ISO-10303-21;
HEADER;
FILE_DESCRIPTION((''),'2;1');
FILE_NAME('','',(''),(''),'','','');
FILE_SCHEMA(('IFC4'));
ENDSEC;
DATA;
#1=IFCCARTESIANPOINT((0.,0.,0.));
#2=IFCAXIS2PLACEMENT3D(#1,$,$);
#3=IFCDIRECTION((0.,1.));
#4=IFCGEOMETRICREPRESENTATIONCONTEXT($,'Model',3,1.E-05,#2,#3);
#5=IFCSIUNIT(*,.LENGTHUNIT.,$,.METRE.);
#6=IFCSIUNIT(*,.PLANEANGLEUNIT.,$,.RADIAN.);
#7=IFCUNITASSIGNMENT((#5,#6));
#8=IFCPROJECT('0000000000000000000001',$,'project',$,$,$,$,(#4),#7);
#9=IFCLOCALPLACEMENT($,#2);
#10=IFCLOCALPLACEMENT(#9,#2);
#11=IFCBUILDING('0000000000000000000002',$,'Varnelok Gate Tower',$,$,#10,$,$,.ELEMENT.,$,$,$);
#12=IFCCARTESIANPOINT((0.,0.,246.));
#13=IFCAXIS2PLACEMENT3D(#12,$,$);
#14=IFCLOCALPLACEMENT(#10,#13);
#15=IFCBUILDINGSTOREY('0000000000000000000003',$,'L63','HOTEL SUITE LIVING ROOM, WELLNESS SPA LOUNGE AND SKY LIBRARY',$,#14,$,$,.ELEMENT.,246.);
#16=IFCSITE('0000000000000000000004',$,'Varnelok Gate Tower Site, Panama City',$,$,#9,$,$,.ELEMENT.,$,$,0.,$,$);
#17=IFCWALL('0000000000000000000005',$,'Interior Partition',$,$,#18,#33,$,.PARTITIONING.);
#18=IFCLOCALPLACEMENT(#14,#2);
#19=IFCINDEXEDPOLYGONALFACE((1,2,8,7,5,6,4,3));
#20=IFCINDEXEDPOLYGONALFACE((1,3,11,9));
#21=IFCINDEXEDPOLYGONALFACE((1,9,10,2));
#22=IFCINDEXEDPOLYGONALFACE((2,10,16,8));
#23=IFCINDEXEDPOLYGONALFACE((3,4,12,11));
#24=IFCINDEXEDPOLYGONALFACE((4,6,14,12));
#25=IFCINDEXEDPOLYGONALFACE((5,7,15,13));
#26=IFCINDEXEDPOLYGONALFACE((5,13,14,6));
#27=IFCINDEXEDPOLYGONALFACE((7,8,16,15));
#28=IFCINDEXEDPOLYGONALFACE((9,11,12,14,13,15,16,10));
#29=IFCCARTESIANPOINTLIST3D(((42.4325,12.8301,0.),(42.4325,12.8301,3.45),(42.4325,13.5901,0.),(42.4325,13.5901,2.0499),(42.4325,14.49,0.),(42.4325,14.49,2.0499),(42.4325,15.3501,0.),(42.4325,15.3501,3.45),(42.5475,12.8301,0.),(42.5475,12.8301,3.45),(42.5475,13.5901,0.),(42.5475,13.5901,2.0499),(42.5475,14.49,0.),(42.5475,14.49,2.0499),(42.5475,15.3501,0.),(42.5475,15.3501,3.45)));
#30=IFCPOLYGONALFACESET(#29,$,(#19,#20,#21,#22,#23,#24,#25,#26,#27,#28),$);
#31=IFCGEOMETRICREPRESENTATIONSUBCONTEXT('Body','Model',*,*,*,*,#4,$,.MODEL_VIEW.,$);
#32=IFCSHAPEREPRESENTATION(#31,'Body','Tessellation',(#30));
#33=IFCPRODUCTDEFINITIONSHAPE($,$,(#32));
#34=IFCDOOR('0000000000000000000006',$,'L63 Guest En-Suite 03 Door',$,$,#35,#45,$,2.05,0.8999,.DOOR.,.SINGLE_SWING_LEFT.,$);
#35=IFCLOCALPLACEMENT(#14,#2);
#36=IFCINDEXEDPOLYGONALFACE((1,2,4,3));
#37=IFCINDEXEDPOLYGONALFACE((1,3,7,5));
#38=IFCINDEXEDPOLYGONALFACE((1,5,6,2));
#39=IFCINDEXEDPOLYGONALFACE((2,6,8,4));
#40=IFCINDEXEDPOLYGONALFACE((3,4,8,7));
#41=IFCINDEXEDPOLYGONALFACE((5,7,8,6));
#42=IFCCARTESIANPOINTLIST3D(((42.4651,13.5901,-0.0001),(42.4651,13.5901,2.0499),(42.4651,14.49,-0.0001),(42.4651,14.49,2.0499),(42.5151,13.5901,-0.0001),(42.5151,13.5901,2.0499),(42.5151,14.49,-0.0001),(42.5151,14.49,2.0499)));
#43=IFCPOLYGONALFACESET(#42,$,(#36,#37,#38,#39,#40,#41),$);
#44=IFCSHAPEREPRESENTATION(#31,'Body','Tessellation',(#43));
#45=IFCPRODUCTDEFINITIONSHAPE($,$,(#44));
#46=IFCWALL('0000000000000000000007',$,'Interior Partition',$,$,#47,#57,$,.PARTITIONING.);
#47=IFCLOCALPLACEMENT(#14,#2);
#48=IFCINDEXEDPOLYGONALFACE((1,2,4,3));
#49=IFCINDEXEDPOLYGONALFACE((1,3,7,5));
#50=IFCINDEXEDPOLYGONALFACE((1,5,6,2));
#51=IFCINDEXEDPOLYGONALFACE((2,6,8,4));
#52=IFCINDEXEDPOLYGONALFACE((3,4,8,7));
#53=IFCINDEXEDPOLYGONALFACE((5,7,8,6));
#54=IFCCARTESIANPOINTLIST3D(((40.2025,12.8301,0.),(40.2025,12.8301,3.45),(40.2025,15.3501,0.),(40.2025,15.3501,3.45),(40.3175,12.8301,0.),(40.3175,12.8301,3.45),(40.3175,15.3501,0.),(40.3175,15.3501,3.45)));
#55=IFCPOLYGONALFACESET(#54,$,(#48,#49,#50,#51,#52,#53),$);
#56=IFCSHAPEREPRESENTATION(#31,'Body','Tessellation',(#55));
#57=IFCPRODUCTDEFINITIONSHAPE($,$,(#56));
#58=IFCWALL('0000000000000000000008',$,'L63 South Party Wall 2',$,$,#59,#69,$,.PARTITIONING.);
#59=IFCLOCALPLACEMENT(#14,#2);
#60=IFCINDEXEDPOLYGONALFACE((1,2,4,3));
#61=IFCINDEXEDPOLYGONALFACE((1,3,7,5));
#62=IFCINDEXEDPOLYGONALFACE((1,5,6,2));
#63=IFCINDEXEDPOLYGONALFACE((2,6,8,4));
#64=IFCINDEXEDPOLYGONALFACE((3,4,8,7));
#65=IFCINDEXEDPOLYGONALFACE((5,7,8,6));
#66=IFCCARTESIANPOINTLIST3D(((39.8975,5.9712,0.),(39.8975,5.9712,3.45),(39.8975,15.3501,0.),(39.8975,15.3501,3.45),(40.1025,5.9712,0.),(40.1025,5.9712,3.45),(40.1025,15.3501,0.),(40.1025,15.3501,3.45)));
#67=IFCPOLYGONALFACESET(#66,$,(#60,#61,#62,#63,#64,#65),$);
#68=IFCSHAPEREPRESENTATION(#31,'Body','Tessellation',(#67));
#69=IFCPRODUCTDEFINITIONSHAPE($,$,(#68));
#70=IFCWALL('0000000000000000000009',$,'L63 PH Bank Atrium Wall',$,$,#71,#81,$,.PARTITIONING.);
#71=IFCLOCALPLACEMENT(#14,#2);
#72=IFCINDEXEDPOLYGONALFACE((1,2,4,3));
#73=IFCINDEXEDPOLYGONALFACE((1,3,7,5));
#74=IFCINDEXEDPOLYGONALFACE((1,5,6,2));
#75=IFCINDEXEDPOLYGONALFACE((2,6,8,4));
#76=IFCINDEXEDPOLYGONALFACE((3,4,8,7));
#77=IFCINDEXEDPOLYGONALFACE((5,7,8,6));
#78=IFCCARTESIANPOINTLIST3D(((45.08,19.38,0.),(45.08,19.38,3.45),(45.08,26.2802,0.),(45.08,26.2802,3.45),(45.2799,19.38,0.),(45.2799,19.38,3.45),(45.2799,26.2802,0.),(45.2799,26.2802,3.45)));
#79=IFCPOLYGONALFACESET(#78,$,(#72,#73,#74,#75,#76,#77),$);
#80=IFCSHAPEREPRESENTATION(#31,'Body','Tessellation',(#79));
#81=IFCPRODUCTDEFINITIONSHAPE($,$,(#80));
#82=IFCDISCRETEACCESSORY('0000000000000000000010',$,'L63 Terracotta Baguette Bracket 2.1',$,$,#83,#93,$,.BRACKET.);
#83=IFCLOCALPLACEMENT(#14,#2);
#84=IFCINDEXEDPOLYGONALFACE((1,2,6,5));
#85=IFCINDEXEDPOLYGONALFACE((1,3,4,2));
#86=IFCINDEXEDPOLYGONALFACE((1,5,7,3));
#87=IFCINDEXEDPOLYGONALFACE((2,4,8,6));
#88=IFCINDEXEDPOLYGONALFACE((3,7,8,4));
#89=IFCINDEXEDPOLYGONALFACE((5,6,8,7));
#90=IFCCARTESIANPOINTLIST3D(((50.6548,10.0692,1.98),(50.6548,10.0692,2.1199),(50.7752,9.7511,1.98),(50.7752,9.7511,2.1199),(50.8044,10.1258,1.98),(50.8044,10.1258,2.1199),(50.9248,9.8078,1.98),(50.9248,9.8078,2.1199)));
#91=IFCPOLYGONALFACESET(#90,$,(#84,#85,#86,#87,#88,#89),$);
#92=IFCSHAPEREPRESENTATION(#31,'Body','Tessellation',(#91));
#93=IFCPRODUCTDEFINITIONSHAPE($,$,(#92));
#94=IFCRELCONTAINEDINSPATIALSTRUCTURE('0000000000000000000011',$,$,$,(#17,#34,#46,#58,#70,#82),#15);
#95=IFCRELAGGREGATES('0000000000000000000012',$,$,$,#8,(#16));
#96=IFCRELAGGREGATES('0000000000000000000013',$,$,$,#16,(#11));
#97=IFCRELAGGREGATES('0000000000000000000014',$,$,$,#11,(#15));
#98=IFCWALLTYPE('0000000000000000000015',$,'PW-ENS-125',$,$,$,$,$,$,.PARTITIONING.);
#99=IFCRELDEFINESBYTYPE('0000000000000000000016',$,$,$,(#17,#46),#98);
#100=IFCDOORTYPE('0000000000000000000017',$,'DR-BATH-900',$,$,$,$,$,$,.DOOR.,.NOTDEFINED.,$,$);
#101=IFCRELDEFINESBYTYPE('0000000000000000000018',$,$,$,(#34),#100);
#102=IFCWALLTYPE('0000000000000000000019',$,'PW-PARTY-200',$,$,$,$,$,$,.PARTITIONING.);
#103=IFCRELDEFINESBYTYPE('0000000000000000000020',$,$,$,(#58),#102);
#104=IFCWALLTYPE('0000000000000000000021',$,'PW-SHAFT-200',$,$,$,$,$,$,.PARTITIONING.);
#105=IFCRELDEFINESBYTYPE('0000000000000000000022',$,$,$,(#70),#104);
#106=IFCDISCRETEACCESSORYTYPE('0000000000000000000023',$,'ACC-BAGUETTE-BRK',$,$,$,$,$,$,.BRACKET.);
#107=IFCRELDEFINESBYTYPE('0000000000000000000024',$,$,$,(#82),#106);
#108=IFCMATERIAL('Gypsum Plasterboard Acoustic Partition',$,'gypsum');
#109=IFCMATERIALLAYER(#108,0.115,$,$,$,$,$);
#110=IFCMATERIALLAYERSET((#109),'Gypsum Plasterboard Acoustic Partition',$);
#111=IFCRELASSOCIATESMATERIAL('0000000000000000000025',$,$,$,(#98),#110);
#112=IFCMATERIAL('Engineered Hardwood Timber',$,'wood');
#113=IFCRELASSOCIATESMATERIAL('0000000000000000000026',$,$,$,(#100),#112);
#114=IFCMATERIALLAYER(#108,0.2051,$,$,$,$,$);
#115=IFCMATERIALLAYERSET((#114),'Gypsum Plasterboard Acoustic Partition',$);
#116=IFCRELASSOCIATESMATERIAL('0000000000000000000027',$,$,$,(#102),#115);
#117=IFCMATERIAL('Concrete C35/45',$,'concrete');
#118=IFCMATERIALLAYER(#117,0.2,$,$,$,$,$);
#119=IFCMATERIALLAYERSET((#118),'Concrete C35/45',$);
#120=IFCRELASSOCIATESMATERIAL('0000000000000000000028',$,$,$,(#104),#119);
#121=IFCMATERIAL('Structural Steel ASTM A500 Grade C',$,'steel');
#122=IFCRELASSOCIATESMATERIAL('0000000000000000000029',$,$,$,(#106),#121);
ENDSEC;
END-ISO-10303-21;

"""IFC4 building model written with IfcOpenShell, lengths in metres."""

from ifc_helpers import new_model, si_unit, direction, frame, frame_2d, origin, origin_2d, place, context, subcontext, project, spatial, rectangle, extrude, source, transform, mapped, material, layer, layer_set, type_object, element, fill, save


model = new_model("IFC4")

# Units and contexts
model_context = context("Model", 3, precision=1e-05, world=origin(), true_north=direction((0.0, 1.0)))
body_context = subcontext(model_context, "Body", "Model", "MODEL_VIEW")
ifc_project = project(units=[si_unit("LENGTHUNIT", "METRE"), si_unit("PLANEANGLEUNIT", "RADIAN")], contexts=[model_context])

# Site, building, storey
site_placement = place(None, origin())
site = spatial("IfcSite", under=ifc_project, at=site_placement, Name="Varnelok Gate Tower Site, Panama City", CompositionType="ELEMENT", RefElevation=0.0)
building_placement = place(site_placement, origin())
building = spatial("IfcBuilding", under=site, at=building_placement, Name="Varnelok Gate Tower", CompositionType="ELEMENT")
storey_placement = place(building_placement, frame((0.0, 0.0, 246.0)))
storey = spatial("IfcBuildingStorey", under=building, at=storey_placement, Name="L63", Description="HOTEL SUITE LIVING ROOM, WELLNESS SPA LOUNGE AND SKY LIBRARY", CompositionType="ELEMENT", Elevation=246.0)

# Shared definitions
ifc_material_1 = material(Name="Gypsum Plasterboard Acoustic Partition", Category="gypsum")
ifc_material_2 = material(Name="Engineered Hardwood Timber", Category="wood")

# Shared definitions
ifc_layer_1 = layer(ifc_material_1, 0.115)
ifc_layer_set_1 = layer_set([ifc_layer_1], Name="Gypsum Plasterboard Acoustic Partition")
wall_type_1 = type_object("IfcWallType", Name="PW-ENS-125", PredefinedType="PARTITIONING", material=ifc_layer_set_1)

# Shared definitions
door_type_1 = type_object("IfcDoorType", Name="DR-BATH-900", OperationType="NOTDEFINED", PredefinedType="DOOR", material=ifc_material_2)

# Wall, opening, door
wall_1_placement = place(storey_placement, frame((42.49, 12.8301, 0.0), z_axis=(0.0, 0.0, 1.0), x_axis=(0.0, 1.0, 0.0)))
wall_1 = element("IfcWall", 1, at=wall_1_placement, inside=storey, type_object=wall_type_1, Name="Interior Partition", PredefinedType="PARTITIONING", context=body_context, shape_type="SweptSolid", body=[
    extrude(rectangle(XDim=2.52, YDim=0.115, at=frame_2d((1.26, 0.0))), origin(), (0.0, 0.0, 1.0), 3.45),
])
opening_1_placement = place(wall_1_placement, frame((0.76, 0.0, 0.0)))
opening_1 = element("IfcOpeningElement", 2, at=opening_1_placement, cuts=wall_1, PredefinedType="OPENING", context=body_context, shape_type="SweptSolid", body=[
    extrude(rectangle(XDim=0.8999, YDim=2.05, at=frame_2d((0.45, 1.0249))), frame((0.0, 0.0674, 0.0), z_axis=(0.0, -1.0, 0.0), x_axis=(1.0, 0.0, 0.0)), (0.0, 0.0, 1.0), 0.135),
])
door_1_placement = place(opening_1_placement, origin())
door_1 = element("IfcDoor", 3, at=door_1_placement, inside=storey, type_object=door_type_1, Name="L63 Guest En-Suite 03 Door", OperationType="SINGLE_SWING_LEFT", OverallHeight=2.05, OverallWidth=0.8999, PredefinedType="DOOR", context=body_context, shape_type="SweptSolid", body=[
    extrude(rectangle(XDim=0.8999, YDim=2.05, at=frame_2d((0.45, 1.0249))), frame((0.0, 0.0249, 0.0), z_axis=(0.0, -1.0, 0.0), x_axis=(1.0, 0.0, 0.0)), (0.0, 0.0, 1.0), 0.05),
])
fill(opening_1, door_1)

# Walls
wall_2_placement = place(storey_placement, frame((40.26, 12.8301, 0.0), z_axis=(0.0, 0.0, 1.0), x_axis=(0.0, 1.0, 0.0)))
element("IfcWall", 4, at=wall_2_placement, inside=storey, type_object=wall_type_1, Name="Interior Partition", PredefinedType="PARTITIONING", context=body_context, shape_type="SweptSolid", body=[
    extrude(rectangle(XDim=2.52, YDim=0.115, at=frame_2d((1.26, 0.0))), origin(), (0.0, 0.0, 1.0), 3.45),
])
ifc_layer_2 = layer(ifc_material_1, 0.2051)
ifc_layer_set_2 = layer_set([ifc_layer_2], Name="Gypsum Plasterboard Acoustic Partition")
wall_type_2 = type_object("IfcWallType", Name="PW-PARTY-200", PredefinedType="PARTITIONING", material=ifc_layer_set_2)
wall_3_placement = place(storey_placement, frame((40.0, 5.9712, 0.0), z_axis=(0.0, 0.0, 1.0), x_axis=(0.0, 1.0, 0.0)))
element("IfcWall", 5, at=wall_3_placement, inside=storey, type_object=wall_type_2, Name="L63 South Party Wall 2", PredefinedType="PARTITIONING", context=body_context, shape_type="SweptSolid", body=[
    extrude(rectangle(XDim=9.3789, YDim=0.2051, at=frame_2d((4.6895, 0.0))), origin(), (0.0, 0.0, 1.0), 3.45),
])
ifc_material_3 = material(Name="Concrete C35/45", Category="concrete")
ifc_layer_3 = layer(ifc_material_3, 0.2)
ifc_layer_set_3 = layer_set([ifc_layer_3], Name="Concrete C35/45")
wall_type_3 = type_object("IfcWallType", Name="PW-SHAFT-200", PredefinedType="PARTITIONING", material=ifc_layer_set_3)
wall_4_placement = place(storey_placement, frame((45.1799, 19.3799, 0.0), z_axis=(0.0, 0.0, 1.0), x_axis=(0.0, 1.0, 0.0)))
element("IfcWall", 6, at=wall_4_placement, inside=storey, type_object=wall_type_3, Name="L63 PH Bank Atrium Wall", PredefinedType="PARTITIONING", context=body_context, shape_type="SweptSolid", body=[
    extrude(rectangle(XDim=6.9001, YDim=0.2, at=frame_2d((3.4502, 0.0))), origin(), (0.0, 0.0, 1.0), 3.45),
])

# Discrete accessory
ifc_material_4 = material(Name="Structural Steel ASTM A500 Grade C", Category="steel")
discrete_accessory_type = type_object("IfcDiscreteAccessoryType", Name="ACC-BAGUETTE-BRK", PredefinedType="BRACKET", material=ifc_material_4)
shared_shape = source(origin(), body_context, "Body", "SweptSolid", [
    extrude(rectangle(XDim=0.1599, YDim=0.3401, at=origin_2d()), origin(), (0.0, 0.0, 1.0), 0.1399),
])
discrete_accessory_placement = place(storey_placement, frame((50.7898, 9.9385, 1.98), z_axis=(0.0, 0.0, 1.0), x_axis=(0.935222, 0.354063, 0.0)))
element("IfcDiscreteAccessory", 7, at=discrete_accessory_placement, inside=storey, type_object=discrete_accessory_type, Name="L63 Terracotta Baguette Bracket 2.1", PredefinedType="BRACKET", context=body_context, shape_type="MappedRepresentation", body=[
    mapped(shared_shape, transform((0.0, 0.0, 0.0), scale=1.0)),
])

save(model, "model.ifc")
